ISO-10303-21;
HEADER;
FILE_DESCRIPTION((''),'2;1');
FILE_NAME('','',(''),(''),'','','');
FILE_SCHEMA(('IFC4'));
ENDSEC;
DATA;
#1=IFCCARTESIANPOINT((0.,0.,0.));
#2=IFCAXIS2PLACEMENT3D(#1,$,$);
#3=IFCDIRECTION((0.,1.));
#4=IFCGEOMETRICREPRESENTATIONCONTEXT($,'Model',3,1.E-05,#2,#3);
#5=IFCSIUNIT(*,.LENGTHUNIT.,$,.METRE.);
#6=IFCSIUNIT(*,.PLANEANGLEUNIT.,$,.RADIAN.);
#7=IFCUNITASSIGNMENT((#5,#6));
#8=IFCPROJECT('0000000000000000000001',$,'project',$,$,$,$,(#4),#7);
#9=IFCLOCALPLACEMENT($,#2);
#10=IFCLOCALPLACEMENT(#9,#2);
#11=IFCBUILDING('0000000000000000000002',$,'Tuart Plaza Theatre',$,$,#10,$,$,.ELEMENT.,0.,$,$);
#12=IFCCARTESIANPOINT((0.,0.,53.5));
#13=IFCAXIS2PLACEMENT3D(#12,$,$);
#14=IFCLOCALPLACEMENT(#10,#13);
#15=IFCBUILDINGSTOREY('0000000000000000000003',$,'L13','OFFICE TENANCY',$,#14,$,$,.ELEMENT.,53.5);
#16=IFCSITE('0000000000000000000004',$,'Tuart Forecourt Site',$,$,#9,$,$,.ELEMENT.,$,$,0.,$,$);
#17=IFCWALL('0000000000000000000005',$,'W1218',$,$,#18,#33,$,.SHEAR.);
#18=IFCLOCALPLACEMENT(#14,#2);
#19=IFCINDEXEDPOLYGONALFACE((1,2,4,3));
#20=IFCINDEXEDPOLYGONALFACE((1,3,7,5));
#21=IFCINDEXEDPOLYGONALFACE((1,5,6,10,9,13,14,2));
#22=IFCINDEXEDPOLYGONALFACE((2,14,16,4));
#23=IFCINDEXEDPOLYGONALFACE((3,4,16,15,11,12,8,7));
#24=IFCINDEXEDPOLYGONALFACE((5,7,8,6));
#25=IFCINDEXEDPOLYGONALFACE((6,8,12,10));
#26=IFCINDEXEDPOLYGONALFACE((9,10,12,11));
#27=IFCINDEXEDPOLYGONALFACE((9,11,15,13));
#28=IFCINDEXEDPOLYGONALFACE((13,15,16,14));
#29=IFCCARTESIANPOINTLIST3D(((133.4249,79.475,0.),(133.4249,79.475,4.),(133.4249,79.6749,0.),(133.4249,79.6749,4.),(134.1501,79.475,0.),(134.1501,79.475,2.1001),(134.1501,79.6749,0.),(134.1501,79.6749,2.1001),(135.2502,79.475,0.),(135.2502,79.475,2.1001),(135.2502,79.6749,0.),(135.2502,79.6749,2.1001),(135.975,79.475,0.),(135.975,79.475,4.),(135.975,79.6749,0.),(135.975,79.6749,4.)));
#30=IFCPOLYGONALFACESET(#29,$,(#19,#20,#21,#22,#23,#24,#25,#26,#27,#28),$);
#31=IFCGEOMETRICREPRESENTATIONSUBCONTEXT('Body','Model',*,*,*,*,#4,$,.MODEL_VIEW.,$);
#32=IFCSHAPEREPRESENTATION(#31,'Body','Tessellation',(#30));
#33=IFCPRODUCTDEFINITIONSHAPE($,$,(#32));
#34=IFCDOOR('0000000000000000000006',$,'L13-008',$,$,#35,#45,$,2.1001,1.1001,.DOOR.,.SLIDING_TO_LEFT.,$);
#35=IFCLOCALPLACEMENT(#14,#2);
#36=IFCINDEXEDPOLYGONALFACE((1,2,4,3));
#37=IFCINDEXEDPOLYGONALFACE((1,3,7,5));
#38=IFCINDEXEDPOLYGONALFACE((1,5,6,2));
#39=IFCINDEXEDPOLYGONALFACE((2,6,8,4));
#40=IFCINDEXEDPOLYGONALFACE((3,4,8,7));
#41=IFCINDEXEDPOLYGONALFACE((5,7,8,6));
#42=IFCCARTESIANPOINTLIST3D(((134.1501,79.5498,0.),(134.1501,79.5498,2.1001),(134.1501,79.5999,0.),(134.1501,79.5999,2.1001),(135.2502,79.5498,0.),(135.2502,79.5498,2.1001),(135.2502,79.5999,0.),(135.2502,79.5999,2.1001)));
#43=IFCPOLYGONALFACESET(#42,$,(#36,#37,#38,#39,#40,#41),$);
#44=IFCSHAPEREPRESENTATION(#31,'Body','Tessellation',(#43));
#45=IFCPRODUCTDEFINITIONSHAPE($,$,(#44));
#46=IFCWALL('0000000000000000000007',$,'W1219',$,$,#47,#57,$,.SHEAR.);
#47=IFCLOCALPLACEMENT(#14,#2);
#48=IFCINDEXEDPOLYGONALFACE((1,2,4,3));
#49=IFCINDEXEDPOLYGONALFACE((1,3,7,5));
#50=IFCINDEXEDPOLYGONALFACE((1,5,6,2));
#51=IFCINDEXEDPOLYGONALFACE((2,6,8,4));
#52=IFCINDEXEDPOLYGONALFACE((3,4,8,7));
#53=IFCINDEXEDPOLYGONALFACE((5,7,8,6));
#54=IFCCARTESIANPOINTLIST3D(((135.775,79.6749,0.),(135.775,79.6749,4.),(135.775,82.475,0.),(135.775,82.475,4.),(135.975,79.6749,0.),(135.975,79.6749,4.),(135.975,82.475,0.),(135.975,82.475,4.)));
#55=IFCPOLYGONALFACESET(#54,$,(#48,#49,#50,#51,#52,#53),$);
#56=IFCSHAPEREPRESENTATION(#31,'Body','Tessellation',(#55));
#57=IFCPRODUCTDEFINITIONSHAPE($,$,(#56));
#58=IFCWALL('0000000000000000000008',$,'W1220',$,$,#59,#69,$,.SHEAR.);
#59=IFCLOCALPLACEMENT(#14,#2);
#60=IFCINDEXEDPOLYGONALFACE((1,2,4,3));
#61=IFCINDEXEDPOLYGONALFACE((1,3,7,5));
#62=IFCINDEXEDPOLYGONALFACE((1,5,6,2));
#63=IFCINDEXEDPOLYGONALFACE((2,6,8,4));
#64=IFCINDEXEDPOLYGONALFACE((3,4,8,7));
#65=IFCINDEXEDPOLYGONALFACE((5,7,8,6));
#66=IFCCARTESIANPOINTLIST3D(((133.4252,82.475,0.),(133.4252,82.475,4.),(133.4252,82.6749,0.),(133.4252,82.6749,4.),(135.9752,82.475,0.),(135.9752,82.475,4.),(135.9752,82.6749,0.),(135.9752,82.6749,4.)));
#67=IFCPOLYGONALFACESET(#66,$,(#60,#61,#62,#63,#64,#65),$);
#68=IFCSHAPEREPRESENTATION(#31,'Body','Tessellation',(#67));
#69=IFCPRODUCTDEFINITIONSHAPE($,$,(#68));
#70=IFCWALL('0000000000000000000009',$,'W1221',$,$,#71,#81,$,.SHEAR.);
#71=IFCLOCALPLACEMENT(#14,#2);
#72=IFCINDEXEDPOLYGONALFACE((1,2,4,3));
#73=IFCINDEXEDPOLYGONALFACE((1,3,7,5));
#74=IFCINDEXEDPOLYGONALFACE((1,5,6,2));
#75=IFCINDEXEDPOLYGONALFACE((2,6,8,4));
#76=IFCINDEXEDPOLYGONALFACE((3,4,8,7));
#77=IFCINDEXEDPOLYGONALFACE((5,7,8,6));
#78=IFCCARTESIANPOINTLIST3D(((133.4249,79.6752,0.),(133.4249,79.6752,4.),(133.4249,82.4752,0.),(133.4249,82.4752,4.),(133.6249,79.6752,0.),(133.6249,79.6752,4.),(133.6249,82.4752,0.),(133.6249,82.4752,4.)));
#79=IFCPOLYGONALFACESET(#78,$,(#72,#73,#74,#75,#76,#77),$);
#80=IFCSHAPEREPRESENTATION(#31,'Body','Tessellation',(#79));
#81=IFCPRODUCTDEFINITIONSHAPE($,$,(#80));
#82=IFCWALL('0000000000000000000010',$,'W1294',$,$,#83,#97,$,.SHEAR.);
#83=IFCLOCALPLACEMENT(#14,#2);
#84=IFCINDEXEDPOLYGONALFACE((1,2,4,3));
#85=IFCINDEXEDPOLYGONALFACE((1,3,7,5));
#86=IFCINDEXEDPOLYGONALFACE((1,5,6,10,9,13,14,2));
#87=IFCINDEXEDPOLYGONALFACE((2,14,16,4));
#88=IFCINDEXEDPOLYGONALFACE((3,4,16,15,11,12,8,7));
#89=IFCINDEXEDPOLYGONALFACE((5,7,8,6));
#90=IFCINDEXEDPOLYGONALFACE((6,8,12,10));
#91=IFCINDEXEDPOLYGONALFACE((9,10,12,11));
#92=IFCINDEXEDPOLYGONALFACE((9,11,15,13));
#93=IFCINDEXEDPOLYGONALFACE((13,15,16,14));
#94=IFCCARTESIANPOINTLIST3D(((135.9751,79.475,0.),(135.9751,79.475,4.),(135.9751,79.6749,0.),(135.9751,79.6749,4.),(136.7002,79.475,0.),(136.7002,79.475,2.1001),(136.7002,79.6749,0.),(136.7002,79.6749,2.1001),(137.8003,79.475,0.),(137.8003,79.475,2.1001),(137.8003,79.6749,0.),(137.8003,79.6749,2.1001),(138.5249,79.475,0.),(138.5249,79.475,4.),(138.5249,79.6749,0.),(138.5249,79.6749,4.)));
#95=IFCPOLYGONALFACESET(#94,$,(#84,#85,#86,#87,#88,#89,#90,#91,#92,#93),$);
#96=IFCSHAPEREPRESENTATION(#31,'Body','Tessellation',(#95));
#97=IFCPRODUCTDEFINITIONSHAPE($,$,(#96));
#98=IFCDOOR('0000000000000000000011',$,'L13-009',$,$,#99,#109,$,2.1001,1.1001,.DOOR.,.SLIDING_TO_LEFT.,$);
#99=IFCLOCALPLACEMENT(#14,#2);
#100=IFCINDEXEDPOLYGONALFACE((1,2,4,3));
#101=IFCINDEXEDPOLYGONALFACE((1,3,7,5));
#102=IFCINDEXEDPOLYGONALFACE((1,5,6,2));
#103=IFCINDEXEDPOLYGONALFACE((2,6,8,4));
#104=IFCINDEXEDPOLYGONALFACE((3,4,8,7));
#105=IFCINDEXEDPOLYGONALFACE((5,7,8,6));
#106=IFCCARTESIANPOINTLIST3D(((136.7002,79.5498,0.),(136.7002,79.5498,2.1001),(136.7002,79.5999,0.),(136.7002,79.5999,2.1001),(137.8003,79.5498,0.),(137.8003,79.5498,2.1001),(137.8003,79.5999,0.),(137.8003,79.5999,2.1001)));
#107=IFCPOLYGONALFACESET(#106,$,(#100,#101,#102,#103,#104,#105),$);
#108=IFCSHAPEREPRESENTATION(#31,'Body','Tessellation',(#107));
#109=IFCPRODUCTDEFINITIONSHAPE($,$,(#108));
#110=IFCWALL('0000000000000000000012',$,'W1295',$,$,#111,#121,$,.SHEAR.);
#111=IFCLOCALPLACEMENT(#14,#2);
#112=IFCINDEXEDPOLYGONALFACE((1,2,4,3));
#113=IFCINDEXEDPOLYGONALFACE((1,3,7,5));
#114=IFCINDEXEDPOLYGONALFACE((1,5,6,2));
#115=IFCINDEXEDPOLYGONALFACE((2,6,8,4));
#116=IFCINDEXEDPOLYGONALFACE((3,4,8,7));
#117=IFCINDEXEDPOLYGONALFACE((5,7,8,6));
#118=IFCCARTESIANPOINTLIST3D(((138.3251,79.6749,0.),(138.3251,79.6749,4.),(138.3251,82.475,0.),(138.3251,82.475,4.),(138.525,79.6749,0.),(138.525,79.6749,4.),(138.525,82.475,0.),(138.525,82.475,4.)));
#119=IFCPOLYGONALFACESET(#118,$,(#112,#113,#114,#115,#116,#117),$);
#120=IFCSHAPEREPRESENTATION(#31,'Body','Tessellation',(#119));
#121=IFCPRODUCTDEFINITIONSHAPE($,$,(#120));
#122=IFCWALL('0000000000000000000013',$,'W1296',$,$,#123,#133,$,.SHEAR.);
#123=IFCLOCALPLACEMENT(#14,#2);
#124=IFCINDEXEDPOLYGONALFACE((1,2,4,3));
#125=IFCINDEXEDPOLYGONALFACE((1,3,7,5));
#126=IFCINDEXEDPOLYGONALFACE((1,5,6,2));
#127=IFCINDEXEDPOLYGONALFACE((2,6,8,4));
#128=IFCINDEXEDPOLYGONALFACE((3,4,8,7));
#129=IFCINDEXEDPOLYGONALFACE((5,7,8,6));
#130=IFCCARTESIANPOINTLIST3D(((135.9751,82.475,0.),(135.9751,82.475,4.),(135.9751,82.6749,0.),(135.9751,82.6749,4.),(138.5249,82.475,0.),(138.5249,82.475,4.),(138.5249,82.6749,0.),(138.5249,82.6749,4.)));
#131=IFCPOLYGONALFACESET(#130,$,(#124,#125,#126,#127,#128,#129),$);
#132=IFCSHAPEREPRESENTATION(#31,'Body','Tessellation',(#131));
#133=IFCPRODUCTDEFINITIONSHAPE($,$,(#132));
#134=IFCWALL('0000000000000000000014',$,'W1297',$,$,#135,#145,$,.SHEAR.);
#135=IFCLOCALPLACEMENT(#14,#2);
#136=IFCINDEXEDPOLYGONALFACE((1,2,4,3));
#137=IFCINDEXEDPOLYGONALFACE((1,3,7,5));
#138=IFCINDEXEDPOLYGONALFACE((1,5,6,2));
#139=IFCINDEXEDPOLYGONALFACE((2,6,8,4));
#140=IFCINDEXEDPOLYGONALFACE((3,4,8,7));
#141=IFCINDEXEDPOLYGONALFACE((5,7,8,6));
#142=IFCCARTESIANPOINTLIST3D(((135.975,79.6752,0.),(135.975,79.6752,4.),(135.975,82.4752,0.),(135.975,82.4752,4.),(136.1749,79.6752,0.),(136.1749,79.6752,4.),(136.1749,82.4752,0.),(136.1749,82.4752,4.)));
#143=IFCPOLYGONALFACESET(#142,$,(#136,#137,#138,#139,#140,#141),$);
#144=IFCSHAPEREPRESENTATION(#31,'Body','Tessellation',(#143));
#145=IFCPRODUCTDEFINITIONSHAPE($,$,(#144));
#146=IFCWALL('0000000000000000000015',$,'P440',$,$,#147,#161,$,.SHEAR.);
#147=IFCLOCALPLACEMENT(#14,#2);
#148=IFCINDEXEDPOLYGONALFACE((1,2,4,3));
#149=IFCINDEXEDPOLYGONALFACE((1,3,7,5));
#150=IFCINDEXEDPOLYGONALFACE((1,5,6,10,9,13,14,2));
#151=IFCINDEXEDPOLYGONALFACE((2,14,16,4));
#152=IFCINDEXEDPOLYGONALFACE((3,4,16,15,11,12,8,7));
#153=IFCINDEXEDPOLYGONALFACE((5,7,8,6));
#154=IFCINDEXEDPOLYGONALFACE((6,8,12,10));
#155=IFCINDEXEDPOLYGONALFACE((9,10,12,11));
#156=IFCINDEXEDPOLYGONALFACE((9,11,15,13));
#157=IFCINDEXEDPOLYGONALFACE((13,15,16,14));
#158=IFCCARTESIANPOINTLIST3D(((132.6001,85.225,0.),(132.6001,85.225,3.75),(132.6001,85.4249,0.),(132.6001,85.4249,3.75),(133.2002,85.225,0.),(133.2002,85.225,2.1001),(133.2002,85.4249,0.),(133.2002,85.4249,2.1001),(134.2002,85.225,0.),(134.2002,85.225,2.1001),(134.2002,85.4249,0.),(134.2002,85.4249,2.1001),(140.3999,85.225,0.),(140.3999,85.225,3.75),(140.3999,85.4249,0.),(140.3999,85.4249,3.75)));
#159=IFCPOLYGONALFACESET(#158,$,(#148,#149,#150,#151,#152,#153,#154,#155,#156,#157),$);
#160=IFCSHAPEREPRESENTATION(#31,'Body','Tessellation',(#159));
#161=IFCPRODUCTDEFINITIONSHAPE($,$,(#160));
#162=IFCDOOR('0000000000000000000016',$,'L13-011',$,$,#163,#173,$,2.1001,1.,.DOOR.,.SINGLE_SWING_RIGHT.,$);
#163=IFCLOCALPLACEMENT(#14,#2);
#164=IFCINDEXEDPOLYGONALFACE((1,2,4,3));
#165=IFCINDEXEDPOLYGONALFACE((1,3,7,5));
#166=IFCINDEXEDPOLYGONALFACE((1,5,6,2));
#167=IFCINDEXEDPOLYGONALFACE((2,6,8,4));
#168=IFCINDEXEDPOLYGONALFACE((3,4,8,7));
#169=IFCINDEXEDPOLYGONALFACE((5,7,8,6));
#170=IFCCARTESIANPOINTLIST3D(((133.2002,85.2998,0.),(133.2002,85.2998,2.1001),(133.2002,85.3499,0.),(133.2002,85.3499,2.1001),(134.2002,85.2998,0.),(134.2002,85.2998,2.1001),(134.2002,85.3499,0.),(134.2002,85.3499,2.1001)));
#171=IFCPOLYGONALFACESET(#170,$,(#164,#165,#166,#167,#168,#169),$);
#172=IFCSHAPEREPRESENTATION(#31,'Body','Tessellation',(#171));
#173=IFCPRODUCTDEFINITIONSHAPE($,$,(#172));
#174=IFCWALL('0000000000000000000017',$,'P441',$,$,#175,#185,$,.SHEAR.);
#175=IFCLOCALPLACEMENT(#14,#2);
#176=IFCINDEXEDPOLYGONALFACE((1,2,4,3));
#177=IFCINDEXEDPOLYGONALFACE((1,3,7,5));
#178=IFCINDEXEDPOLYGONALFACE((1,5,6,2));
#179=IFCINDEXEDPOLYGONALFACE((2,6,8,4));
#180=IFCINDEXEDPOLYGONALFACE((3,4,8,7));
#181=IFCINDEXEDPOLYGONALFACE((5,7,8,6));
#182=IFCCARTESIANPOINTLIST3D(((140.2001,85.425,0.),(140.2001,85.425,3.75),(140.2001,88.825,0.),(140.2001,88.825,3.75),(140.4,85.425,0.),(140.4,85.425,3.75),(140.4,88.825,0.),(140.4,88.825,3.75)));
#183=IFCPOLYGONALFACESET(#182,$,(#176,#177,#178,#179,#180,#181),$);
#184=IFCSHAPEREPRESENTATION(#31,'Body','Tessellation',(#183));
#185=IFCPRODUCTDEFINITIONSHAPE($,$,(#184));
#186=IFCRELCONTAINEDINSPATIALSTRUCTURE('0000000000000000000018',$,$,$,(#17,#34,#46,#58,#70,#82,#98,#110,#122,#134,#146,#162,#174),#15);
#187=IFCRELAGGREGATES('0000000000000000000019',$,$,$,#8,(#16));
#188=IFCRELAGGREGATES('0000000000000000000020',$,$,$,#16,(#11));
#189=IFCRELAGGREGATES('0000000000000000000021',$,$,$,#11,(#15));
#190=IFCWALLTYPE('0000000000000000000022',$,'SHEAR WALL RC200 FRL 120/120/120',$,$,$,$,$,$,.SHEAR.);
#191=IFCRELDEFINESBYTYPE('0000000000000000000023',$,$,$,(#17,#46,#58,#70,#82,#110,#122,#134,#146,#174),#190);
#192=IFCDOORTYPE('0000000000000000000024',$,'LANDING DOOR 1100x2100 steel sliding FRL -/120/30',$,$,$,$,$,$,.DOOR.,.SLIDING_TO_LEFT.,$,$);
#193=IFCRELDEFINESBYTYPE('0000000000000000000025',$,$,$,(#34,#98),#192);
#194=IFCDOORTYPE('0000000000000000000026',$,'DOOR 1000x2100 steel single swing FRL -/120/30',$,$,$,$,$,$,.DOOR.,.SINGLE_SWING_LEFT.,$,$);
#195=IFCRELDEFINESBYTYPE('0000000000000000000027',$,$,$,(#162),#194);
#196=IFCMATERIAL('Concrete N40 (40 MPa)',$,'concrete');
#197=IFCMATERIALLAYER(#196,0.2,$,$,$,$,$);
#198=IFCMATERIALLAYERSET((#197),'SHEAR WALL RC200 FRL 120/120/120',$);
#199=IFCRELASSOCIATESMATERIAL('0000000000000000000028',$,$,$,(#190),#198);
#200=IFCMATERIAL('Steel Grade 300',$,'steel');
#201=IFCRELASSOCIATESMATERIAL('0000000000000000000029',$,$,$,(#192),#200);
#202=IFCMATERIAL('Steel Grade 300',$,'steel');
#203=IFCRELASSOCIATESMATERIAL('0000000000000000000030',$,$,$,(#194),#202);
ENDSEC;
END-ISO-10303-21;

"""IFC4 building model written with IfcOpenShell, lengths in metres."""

from ifc_helpers import new_model, si_unit, direction, frame, frame_2d, origin, place, context, subcontext, project, spatial, rectangle, extrude, material, layer, layer_set, type_object, element, fill, save


model = new_model("IFC4")

# Units and contexts
model_context = context("Model", 3, precision=1e-05, world=origin(), true_north=direction((0.0, 1.0)))
body_context = subcontext(model_context, "Body", "Model", "MODEL_VIEW")
ifc_project = project(units=[si_unit("LENGTHUNIT", "METRE"), si_unit("PLANEANGLEUNIT", "RADIAN")], contexts=[model_context])

# Site, building, storey
site_placement = place(None, origin())
site = spatial("IfcSite", under=ifc_project, at=site_placement, Name="Tuart Forecourt Site", CompositionType="ELEMENT", RefElevation=0.0)
building_placement = place(site_placement, origin())
building = spatial("IfcBuilding", under=site, at=building_placement, Name="Tuart Plaza Theatre", CompositionType="ELEMENT", ElevationOfRefHeight=0.0)
storey_placement = place(building_placement, frame((0.0, 0.0, 53.5)))
storey = spatial("IfcBuildingStorey", under=building, at=storey_placement, Name="L13", Description="OFFICE TENANCY", CompositionType="ELEMENT", Elevation=53.5)

# Shared definitions
ifc_material_1 = material(Name="Concrete N40 (40 MPa)", Category="concrete")
ifc_layer_1 = layer(ifc_material_1, 0.2)
ifc_layer_set_1 = layer_set([ifc_layer_1], Name="SHEAR WALL RC200 FRL 120/120/120")
wall_type_1 = type_object("IfcWallType", Name="SHEAR WALL RC200 FRL 120/120/120", PredefinedType="SHEAR", material=ifc_layer_set_1)

# Wall, opening, door
wall_1_placement = place(storey_placement, frame((133.425, 79.575, 0.0), z_axis=(0.0, 0.0, 1.0), x_axis=(1.0, 0.0, 0.0)))
wall_1 = element("IfcWall", 1, at=wall_1_placement, inside=storey, type_object=wall_type_1, Name="W1218", PredefinedType="SHEAR", context=body_context, shape_type="SweptSolid", body=[
    extrude(rectangle(XDim=2.55, YDim=0.2, at=frame_2d((1.2749, 0.0))), origin(), (0.0, 0.0, 1.0), 4.0),
])
opening_1_placement = place(wall_1_placement, frame((0.7251, 0.0, 0.0)))
opening_1 = element("IfcOpeningElement", 2, at=opening_1_placement, cuts=wall_1, PredefinedType="OPENING", context=body_context, shape_type="SweptSolid", body=[
    extrude(rectangle(XDim=1.1001, YDim=2.1001, at=frame_2d((0.55, 1.05))), frame((0.0, 0.1099, 0.0), z_axis=(0.0, -1.0, 0.0), x_axis=(1.0, 0.0, 0.0)), (0.0, 0.0, 1.0), 0.22),
])
ifc_material_2 = material(Name="Steel Grade 300", Category="steel")
door_type_1 = type_object("IfcDoorType", Name="LANDING DOOR 1100x2100 steel sliding FRL -/120/30", OperationType="SLIDING_TO_LEFT", PredefinedType="DOOR", material=ifc_material_2)
door_1_placement = place(opening_1_placement, origin())
door_1 = element("IfcDoor", 3, at=door_1_placement, inside=storey, type_object=door_type_1, Name="L13-008", OperationType="SLIDING_TO_LEFT", OverallHeight=2.1001, OverallWidth=1.1001, PredefinedType="DOOR", context=body_context, shape_type="SweptSolid", body=[
    extrude(rectangle(XDim=1.1001, YDim=2.1001, at=frame_2d((0.55, 1.05))), frame((0.0, 0.0249, 0.0), z_axis=(0.0, -1.0, 0.0), x_axis=(1.0, 0.0, 0.0)), (0.0, 0.0, 1.0), 0.05),
])
fill(opening_1, door_1)

# Walls
wall_2_placement = place(storey_placement, frame((135.875, 79.675, 0.0), z_axis=(0.0, 0.0, 1.0), x_axis=(0.0, 1.0, 0.0)))
element("IfcWall", 4, at=wall_2_placement, inside=storey, type_object=wall_type_1, Name="W1219", PredefinedType="SHEAR", context=body_context, shape_type="SweptSolid", body=[
    extrude(rectangle(XDim=2.8, YDim=0.2, at=frame_2d((1.3999, 0.0))), origin(), (0.0, 0.0, 1.0), 4.0),
])
wall_3_placement = place(storey_placement, frame((135.9751, 82.575, 0.0), z_axis=(0.0, 0.0, 1.0), x_axis=(-1.0, 0.0, 0.0)))
element("IfcWall", 5, at=wall_3_placement, inside=storey, type_object=wall_type_1, Name="W1220", PredefinedType="SHEAR", context=body_context, shape_type="SweptSolid", body=[
    extrude(rectangle(XDim=2.55, YDim=0.2, at=frame_2d((1.2749, 0.0))), origin(), (0.0, 0.0, 1.0), 4.0),
])
wall_4_placement = place(storey_placement, frame((133.5249, 82.4751, 0.0), z_axis=(0.0, 0.0, 1.0), x_axis=(0.0, -1.0, 0.0)))
element("IfcWall", 6, at=wall_4_placement, inside=storey, type_object=wall_type_1, Name="W1221", PredefinedType="SHEAR", context=body_context, shape_type="SweptSolid", body=[
    extrude(rectangle(XDim=2.8, YDim=0.2, at=frame_2d((1.3999, 0.0))), origin(), (0.0, 0.0, 1.0), 4.0),
])

# Wall, opening, door
wall_5_placement = place(storey_placement, frame((135.9751, 79.575, 0.0), z_axis=(0.0, 0.0, 1.0), x_axis=(1.0, 0.0, 0.0)))
wall_5 = element("IfcWall", 7, at=wall_5_placement, inside=storey, type_object=wall_type_1, Name="W1294", PredefinedType="SHEAR", context=body_context, shape_type="SweptSolid", body=[
    extrude(rectangle(XDim=2.5498, YDim=0.2, at=frame_2d((1.2749, 0.0))), origin(), (0.0, 0.0, 1.0), 4.0),
])
opening_2_placement = place(wall_5_placement, frame((0.7251, 0.0, 0.0)))
opening_2 = element("IfcOpeningElement", 8, at=opening_2_placement, cuts=wall_5, PredefinedType="OPENING", context=body_context, shape_type="SweptSolid", body=[
    extrude(rectangle(XDim=1.1001, YDim=2.1001, at=frame_2d((0.55, 1.05))), frame((0.0, 0.1099, 0.0), z_axis=(0.0, -1.0, 0.0), x_axis=(1.0, 0.0, 0.0)), (0.0, 0.0, 1.0), 0.22),
])
door_2_placement = place(opening_2_placement, origin())
door_2 = element("IfcDoor", 9, at=door_2_placement, inside=storey, type_object=door_type_1, Name="L13-009", OperationType="SLIDING_TO_LEFT", OverallHeight=2.1001, OverallWidth=1.1001, PredefinedType="DOOR", context=body_context, shape_type="SweptSolid", body=[
    extrude(rectangle(XDim=1.1001, YDim=2.1001, at=frame_2d((0.55, 1.05))), frame((0.0, 0.0249, 0.0), z_axis=(0.0, -1.0, 0.0), x_axis=(1.0, 0.0, 0.0)), (0.0, 0.0, 1.0), 0.05),
])
fill(opening_2, door_2)

# Walls
wall_6_placement = place(storey_placement, frame((138.425, 79.675, 0.0), z_axis=(0.0, 0.0, 1.0), x_axis=(0.0, 1.0, 0.0)))
element("IfcWall", 10, at=wall_6_placement, inside=storey, type_object=wall_type_1, Name="W1295", PredefinedType="SHEAR", context=body_context, shape_type="SweptSolid", body=[
    extrude(rectangle(XDim=2.8, YDim=0.2, at=frame_2d((1.3999, 0.0))), origin(), (0.0, 0.0, 1.0), 4.0),
])
wall_7_placement = place(storey_placement, frame((138.5249, 82.575, 0.0), z_axis=(0.0, 0.0, 1.0), x_axis=(-1.0, 0.0, 0.0)))
element("IfcWall", 11, at=wall_7_placement, inside=storey, type_object=wall_type_1, Name="W1296", PredefinedType="SHEAR", context=body_context, shape_type="SweptSolid", body=[
    extrude(rectangle(XDim=2.5498, YDim=0.2, at=frame_2d((1.2749, 0.0))), origin(), (0.0, 0.0, 1.0), 4.0),
])
wall_8_placement = place(storey_placement, frame((136.075, 82.4751, 0.0), z_axis=(0.0, 0.0, 1.0), x_axis=(0.0, -1.0, 0.0)))
element("IfcWall", 12, at=wall_8_placement, inside=storey, type_object=wall_type_1, Name="W1297", PredefinedType="SHEAR", context=body_context, shape_type="SweptSolid", body=[
    extrude(rectangle(XDim=2.8, YDim=0.2, at=frame_2d((1.3999, 0.0))), origin(), (0.0, 0.0, 1.0), 4.0),
])

# Wall, opening, door
wall_9_placement = place(storey_placement, frame((132.6001, 85.325, 0.0), z_axis=(0.0, 0.0, 1.0), x_axis=(1.0, 0.0, 0.0)))
wall_9 = element("IfcWall", 13, at=wall_9_placement, inside=storey, type_object=wall_type_1, Name="P440", PredefinedType="SHEAR", context=body_context, shape_type="SweptSolid", body=[
    extrude(rectangle(XDim=7.7998, YDim=0.2, at=frame_2d((3.8999, 0.0))), origin(), (0.0, 0.0, 1.0), 3.75),
])
opening_3_placement = place(wall_9_placement, frame((0.6001, 0.0, 0.0)))
opening_3 = element("IfcOpeningElement", 14, at=opening_3_placement, cuts=wall_9, PredefinedType="OPENING", context=body_context, shape_type="SweptSolid", body=[
    extrude(rectangle(XDim=1.0, YDim=2.1001, at=frame_2d((0.5, 1.05))), frame((0.0, 0.1099, 0.0), z_axis=(0.0, -1.0, 0.0), x_axis=(1.0, 0.0, 0.0)), (0.0, 0.0, 1.0), 0.22),
])
ifc_material_3 = material(Name="Steel Grade 300", Category="steel")
door_type_2 = type_object("IfcDoorType", Name="DOOR 1000x2100 steel single swing FRL -/120/30", OperationType="SINGLE_SWING_LEFT", PredefinedType="DOOR", material=ifc_material_3)
door_3_placement = place(opening_3_placement, origin())
door_3 = element("IfcDoor", 15, at=door_3_placement, inside=storey, type_object=door_type_2, Name="L13-011", OperationType="SINGLE_SWING_RIGHT", OverallHeight=2.1001, OverallWidth=1.0, PredefinedType="DOOR", context=body_context, shape_type="SweptSolid", body=[
    extrude(rectangle(XDim=1.0, YDim=2.1001, at=frame_2d((0.5, 1.05))), frame((0.0, 0.0249, 0.0), z_axis=(0.0, -1.0, 0.0), x_axis=(1.0, 0.0, 0.0)), (0.0, 0.0, 1.0), 0.05),
])
fill(opening_3, door_3)

# Wall
wall_10_placement = place(storey_placement, frame((140.3, 85.425, 0.0), z_axis=(0.0, 0.0, 1.0), x_axis=(0.0, 1.0, 0.0)))
element("IfcWall", 16, at=wall_10_placement, inside=storey, type_object=wall_type_1, Name="P441", PredefinedType="SHEAR", context=body_context, shape_type="SweptSolid", body=[
    extrude(rectangle(XDim=3.3999, YDim=0.2, at=frame_2d((1.7, 0.0))), origin(), (0.0, 0.0, 1.0), 3.75),
])

save(model, "model.ifc")
